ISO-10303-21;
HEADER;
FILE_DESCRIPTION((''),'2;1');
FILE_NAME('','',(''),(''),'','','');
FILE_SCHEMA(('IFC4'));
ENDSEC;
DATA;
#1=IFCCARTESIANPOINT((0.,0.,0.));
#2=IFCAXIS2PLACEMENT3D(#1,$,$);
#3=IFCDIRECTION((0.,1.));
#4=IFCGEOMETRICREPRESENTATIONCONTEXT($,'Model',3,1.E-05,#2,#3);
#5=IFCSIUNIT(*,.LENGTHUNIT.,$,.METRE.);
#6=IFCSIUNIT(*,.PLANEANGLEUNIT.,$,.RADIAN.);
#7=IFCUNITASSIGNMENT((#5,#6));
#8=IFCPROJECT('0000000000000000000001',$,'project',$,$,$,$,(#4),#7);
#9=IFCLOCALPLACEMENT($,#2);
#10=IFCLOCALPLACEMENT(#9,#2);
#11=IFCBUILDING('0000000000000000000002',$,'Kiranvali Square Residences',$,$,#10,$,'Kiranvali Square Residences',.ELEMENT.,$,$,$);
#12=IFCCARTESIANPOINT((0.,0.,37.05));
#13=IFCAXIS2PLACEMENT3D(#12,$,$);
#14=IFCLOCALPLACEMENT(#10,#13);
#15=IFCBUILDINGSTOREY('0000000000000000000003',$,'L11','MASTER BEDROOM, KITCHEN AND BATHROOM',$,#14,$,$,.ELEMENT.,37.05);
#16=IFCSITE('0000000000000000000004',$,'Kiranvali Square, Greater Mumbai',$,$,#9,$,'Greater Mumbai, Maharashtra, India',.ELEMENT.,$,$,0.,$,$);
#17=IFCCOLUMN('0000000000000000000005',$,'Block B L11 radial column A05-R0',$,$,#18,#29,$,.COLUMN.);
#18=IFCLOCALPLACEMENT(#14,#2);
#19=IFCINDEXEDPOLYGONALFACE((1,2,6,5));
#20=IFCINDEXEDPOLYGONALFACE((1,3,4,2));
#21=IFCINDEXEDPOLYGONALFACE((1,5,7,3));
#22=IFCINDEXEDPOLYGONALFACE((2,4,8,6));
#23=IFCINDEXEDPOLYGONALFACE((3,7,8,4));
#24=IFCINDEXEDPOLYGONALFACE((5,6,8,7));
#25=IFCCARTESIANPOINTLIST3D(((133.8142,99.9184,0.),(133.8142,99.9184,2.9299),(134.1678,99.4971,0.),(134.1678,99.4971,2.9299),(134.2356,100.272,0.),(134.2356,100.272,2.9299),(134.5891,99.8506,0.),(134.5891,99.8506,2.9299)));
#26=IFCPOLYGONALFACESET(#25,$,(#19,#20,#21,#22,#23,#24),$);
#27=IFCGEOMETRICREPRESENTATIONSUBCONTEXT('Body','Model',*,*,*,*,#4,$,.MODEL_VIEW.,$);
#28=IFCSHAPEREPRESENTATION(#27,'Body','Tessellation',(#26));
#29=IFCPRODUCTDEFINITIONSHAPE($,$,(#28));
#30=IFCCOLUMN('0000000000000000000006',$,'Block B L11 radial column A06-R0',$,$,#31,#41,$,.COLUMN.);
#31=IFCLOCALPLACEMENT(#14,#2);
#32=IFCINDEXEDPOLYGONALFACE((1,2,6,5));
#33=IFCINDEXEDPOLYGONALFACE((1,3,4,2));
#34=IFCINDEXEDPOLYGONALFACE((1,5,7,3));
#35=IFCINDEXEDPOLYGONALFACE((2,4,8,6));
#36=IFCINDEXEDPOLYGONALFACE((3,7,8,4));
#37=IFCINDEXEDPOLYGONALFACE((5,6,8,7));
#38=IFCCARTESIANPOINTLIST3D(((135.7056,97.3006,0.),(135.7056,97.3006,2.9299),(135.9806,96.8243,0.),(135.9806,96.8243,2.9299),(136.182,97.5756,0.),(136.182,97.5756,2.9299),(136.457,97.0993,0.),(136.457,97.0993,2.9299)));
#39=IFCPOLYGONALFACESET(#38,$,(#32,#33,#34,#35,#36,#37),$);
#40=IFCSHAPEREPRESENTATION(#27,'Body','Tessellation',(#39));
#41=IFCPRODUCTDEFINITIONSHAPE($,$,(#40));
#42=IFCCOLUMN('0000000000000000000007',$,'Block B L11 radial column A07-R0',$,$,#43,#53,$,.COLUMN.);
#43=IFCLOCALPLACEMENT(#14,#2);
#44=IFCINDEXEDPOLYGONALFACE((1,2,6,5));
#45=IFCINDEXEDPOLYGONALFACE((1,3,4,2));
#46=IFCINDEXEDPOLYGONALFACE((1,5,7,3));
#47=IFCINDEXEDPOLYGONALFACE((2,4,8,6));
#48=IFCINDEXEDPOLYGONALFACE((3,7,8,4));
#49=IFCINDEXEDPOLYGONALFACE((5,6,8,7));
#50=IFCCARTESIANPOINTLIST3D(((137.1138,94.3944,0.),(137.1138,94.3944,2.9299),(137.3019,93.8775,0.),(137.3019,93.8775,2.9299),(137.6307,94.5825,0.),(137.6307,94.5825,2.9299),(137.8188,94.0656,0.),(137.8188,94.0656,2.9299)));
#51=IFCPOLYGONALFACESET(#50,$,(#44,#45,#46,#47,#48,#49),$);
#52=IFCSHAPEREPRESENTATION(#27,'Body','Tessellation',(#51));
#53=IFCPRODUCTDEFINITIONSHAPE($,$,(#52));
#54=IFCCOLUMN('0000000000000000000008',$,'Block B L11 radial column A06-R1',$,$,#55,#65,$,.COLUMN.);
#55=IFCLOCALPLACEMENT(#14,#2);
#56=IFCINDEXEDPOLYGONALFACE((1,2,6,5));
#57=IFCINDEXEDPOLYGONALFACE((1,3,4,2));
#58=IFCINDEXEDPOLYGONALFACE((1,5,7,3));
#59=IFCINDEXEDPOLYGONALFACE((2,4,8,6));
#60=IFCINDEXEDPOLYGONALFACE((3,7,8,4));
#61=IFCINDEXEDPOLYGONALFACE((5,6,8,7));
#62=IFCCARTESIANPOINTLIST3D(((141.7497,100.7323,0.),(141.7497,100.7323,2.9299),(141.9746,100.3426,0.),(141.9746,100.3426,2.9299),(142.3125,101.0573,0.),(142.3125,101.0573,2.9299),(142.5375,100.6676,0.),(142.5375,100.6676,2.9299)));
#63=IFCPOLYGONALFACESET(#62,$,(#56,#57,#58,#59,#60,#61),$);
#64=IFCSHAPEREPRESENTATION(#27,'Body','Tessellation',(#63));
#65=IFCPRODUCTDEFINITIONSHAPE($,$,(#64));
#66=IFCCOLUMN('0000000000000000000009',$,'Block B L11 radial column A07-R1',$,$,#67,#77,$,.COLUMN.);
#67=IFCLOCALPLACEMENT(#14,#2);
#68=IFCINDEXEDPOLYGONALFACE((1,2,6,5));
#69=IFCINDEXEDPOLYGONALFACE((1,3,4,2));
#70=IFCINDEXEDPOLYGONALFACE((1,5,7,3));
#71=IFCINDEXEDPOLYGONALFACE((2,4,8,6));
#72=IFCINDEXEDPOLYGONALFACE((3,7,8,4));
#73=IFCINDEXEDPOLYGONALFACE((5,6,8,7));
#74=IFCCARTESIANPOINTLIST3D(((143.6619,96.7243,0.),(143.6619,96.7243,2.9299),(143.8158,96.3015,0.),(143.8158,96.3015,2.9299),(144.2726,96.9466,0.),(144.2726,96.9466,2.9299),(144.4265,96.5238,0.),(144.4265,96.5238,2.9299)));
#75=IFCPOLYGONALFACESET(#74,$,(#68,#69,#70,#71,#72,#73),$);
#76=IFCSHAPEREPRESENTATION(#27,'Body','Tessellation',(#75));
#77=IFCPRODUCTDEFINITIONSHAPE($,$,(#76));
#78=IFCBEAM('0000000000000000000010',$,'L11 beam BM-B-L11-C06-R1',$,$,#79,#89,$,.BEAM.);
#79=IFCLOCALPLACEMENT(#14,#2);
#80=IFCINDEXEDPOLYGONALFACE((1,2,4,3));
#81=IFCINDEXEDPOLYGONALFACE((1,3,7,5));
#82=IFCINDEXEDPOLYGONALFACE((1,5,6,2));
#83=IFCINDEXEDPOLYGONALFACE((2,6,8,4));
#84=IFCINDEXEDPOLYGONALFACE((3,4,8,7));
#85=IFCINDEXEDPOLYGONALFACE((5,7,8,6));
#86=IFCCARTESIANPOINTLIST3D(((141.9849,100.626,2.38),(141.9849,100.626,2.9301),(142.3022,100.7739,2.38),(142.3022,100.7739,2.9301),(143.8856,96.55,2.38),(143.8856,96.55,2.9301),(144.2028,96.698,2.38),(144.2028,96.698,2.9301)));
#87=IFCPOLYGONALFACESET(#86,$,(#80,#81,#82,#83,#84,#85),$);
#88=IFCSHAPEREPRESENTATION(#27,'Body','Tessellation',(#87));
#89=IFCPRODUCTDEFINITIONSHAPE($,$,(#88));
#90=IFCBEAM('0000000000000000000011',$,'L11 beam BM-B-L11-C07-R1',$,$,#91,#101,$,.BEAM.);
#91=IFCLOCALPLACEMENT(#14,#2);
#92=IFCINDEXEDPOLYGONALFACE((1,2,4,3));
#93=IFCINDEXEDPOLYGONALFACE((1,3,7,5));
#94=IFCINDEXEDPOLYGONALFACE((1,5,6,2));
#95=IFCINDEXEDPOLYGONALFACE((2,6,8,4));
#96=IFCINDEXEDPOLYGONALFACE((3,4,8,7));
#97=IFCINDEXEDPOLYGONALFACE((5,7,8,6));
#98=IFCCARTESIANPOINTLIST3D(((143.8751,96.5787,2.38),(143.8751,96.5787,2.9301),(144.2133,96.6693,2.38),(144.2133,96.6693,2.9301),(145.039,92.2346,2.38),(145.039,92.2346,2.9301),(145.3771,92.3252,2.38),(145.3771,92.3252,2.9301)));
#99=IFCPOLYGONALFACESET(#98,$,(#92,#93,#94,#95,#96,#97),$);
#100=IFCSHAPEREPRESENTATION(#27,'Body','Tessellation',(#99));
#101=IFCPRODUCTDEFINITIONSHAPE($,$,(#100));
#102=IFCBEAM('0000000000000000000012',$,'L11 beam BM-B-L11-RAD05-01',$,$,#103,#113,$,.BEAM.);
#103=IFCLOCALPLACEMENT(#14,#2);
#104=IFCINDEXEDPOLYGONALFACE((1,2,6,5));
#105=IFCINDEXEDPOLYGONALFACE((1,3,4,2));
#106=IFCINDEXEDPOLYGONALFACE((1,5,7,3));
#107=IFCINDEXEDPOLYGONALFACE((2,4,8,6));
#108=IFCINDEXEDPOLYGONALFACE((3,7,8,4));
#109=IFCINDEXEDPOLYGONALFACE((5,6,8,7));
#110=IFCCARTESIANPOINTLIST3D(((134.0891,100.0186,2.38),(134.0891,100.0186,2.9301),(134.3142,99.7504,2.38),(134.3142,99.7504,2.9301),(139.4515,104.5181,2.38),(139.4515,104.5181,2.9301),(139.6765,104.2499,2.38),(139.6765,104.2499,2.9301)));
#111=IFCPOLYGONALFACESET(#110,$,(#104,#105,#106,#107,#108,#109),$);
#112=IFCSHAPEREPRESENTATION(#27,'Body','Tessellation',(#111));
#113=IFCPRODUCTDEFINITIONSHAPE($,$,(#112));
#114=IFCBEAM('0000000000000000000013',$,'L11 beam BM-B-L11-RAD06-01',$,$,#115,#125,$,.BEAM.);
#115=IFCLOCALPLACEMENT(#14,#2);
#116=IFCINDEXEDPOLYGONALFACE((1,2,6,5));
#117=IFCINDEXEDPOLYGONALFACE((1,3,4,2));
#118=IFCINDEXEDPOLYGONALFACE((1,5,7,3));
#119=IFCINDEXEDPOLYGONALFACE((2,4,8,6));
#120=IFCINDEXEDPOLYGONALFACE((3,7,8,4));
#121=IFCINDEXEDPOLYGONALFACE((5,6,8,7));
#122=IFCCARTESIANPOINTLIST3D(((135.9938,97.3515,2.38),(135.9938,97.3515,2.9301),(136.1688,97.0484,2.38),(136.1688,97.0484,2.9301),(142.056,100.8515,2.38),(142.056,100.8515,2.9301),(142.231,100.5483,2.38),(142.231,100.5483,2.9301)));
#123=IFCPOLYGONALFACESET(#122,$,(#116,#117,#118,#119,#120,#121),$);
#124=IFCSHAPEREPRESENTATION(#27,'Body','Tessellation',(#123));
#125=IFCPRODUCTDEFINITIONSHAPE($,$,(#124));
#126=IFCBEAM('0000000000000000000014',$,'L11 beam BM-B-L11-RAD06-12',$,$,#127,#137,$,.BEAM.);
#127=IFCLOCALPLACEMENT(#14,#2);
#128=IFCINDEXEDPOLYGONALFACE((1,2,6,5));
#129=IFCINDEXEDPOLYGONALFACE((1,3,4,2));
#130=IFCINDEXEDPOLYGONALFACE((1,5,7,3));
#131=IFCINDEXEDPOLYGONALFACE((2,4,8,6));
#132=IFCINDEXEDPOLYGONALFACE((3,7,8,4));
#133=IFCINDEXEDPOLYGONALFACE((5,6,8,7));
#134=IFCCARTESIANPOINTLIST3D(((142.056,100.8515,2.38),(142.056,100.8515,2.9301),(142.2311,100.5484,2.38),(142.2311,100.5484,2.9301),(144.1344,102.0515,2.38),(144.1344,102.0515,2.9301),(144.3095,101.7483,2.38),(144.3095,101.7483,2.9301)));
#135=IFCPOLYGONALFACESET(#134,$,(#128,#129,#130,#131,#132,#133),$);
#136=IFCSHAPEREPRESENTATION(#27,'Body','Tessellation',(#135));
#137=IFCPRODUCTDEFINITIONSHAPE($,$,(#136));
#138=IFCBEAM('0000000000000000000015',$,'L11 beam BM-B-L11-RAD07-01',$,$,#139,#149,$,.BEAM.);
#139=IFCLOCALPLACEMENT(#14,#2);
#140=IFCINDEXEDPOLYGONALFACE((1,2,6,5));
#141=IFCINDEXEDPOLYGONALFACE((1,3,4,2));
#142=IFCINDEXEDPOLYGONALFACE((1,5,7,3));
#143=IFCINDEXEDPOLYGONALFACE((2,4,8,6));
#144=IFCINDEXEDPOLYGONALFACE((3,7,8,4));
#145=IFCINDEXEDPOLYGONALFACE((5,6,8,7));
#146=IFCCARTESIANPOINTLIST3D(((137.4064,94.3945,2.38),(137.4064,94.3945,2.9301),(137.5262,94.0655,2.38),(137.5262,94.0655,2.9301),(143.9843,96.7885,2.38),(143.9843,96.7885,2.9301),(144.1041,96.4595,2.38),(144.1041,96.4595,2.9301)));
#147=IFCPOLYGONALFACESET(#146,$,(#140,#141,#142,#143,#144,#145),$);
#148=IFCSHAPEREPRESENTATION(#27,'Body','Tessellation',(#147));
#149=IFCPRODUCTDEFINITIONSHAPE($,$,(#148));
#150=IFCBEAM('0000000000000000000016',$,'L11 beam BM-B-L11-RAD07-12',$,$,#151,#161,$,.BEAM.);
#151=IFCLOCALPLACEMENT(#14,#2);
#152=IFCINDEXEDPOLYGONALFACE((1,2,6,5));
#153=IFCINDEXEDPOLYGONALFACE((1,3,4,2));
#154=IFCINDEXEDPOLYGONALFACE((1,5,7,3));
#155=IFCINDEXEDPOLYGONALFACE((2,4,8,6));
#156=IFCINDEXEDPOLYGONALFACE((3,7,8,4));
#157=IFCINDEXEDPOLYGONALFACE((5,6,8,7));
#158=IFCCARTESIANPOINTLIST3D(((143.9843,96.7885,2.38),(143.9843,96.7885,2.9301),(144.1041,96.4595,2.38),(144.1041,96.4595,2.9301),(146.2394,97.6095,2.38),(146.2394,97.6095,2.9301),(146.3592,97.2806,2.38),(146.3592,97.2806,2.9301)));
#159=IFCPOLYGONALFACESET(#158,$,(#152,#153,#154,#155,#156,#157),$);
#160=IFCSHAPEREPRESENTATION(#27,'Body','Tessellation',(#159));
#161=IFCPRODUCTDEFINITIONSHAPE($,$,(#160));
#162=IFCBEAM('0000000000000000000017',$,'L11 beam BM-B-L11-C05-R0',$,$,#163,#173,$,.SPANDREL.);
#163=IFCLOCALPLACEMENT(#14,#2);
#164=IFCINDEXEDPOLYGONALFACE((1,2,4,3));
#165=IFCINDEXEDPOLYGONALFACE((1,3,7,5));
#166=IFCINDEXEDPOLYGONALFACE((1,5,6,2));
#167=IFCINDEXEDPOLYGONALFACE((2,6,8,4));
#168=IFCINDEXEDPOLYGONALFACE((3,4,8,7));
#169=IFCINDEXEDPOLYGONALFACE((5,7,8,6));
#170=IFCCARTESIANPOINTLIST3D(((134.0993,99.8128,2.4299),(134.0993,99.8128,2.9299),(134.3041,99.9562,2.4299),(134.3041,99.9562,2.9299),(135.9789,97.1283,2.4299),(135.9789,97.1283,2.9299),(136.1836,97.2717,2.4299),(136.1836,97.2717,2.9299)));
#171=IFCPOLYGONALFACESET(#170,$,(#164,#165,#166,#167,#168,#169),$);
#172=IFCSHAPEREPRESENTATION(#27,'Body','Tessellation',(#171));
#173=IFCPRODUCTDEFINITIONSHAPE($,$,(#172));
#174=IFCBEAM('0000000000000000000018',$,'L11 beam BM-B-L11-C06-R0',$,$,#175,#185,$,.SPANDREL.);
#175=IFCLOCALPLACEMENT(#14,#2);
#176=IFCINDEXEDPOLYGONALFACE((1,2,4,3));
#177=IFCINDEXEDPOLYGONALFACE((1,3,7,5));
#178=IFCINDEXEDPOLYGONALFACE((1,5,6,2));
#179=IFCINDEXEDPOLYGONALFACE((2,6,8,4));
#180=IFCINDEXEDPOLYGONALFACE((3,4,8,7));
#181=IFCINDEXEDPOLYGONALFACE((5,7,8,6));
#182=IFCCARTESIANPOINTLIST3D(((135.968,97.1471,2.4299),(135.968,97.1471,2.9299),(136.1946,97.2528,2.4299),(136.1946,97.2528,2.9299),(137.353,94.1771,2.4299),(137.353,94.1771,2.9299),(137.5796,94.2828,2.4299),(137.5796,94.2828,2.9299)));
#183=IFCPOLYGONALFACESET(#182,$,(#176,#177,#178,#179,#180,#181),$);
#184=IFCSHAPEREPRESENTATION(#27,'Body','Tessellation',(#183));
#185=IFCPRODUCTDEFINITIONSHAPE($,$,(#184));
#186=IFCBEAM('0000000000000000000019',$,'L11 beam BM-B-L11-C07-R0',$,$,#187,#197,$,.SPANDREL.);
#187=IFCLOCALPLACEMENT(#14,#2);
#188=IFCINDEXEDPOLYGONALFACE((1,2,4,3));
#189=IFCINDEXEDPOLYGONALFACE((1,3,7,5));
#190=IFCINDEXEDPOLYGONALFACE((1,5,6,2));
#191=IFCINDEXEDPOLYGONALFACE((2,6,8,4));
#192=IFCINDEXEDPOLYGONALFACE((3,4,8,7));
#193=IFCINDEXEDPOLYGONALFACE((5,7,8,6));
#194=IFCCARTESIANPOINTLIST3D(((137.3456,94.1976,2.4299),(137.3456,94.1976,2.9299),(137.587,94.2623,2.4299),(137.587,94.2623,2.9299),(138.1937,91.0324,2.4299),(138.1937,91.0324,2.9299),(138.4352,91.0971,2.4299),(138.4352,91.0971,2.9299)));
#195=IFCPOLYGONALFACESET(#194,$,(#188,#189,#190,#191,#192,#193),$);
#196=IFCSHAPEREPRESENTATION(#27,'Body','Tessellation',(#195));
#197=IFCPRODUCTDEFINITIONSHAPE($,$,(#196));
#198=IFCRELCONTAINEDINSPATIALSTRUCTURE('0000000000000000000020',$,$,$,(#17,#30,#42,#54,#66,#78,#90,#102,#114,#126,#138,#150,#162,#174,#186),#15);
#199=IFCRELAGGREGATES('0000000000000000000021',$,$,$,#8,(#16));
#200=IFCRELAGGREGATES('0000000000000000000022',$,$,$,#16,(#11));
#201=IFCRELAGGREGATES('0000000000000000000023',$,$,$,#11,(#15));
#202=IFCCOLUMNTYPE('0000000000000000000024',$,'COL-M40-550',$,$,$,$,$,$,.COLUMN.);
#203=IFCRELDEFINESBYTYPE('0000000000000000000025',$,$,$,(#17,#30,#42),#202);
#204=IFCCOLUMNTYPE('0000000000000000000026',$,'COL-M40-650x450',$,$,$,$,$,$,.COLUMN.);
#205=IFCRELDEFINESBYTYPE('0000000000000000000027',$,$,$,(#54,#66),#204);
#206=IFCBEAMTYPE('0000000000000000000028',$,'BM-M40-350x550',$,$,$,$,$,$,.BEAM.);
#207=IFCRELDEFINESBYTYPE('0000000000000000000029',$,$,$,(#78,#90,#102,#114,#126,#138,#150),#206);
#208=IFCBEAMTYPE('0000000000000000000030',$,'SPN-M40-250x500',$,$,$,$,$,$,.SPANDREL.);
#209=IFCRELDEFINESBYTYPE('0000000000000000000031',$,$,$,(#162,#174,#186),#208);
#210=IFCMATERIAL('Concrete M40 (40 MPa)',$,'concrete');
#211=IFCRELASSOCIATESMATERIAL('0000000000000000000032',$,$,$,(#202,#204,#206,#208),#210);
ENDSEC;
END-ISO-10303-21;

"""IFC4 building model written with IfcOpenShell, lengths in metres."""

from ifc_helpers import new_model, si_unit, direction, frame, origin, origin_2d, place, context, subcontext, project, spatial, rectangle, extrude, material, material_profile, profile_set, type_object, element, save


model = new_model("IFC4")

# Units and contexts
model_context = context("Model", 3, precision=1e-05, world=origin(), true_north=direction((0.0, 1.0)))
body_context = subcontext(model_context, "Body", "Model", "MODEL_VIEW")
ifc_project = project(units=[si_unit("LENGTHUNIT", "METRE"), si_unit("PLANEANGLEUNIT", "RADIAN")], contexts=[model_context])

# Site, building, storey
site_placement = place(None, origin())
site = spatial("IfcSite", under=ifc_project, at=site_placement, Name="Kiranvali Square, Greater Mumbai", LongName="Greater Mumbai, Maharashtra, India", CompositionType="ELEMENT", RefElevation=0.0)
building_placement = place(site_placement, origin())
building = spatial("IfcBuilding", under=site, at=building_placement, Name="Kiranvali Square Residences", LongName="Kiranvali Square Residences", CompositionType="ELEMENT")
storey_placement = place(building_placement, frame((0.0, 0.0, 37.05)))
storey = spatial("IfcBuildingStorey", under=building, at=storey_placement, Name="L11", Description="MASTER BEDROOM, KITCHEN AND BATHROOM", CompositionType="ELEMENT", Elevation=37.05)

# Columns
ifc_material_1 = material(Name="Concrete M40 (40 MPa)", Category="concrete")
ifc_material_profile_1 = material_profile(ifc_material_1, rectangle(XDim=0.55, YDim=0.55, at=origin_2d()), Name="RC 550x550")
ifc_profile_set_1 = profile_set([ifc_material_profile_1], Name="Concrete M40 (40 MPa)")
column_type_1 = type_object("IfcColumnType", Name="COL-M40-550", PredefinedType="COLUMN", material=ifc_profile_set_1)
for number, where, z_axis, x_axis, name in (
    (1, (134.2017, 99.8845, 0.0), (0.0, 0.0, 1.0), (-0.642788, 0.766044, 0.0), "Block B L11 radial column A05-R0"),
    (2, (136.0813, 97.2, 0.0), (0.0, 0.0, 1.0), (-0.5, 0.866025, 0.0), "Block B L11 radial column A06-R0"),
    (3, (137.4663, 94.23, 0.0), (0.0, 0.0, 1.0), (-0.34202, 0.939693, 0.0), "Block B L11 radial column A07-R0"),
):
    element("IfcColumn", number, at=place(storey_placement, frame(where, z_axis=z_axis, x_axis=x_axis)), inside=storey, type_object=column_type_1, Name=name, PredefinedType="COLUMN", context=body_context, shape_type="SweptSolid", body=[
        extrude(rectangle(XDim=0.55, YDim=0.55, at=origin_2d()), origin(), (0.0, 0.0, 1.0), 2.9299),
    ])
ifc_material_profile_2 = material_profile(ifc_material_1, rectangle(XDim=0.45, YDim=0.6499, at=origin_2d()), Name="RC 650x450")
ifc_profile_set_2 = profile_set([ifc_material_profile_2], Name="Concrete M40 (40 MPa)")
column_type_2 = type_object("IfcColumnType", Name="COL-M40-650x450", PredefinedType="COLUMN", material=ifc_profile_set_2)
for number, where, z_axis, x_axis, name in (
    (4, (142.1436, 100.7, 0.0), (0.0, 0.0, 1.0), (-0.5, 0.866025, 0.0), "Block B L11 radial column A06-R1"),
    (5, (144.0442, 96.624, 0.0), (0.0, 0.0, 1.0), (-0.34202, 0.939693, 0.0), "Block B L11 radial column A07-R1"),
):
    element("IfcColumn", number, at=place(storey_placement, frame(where, z_axis=z_axis, x_axis=x_axis)), inside=storey, type_object=column_type_2, Name=name, PredefinedType="COLUMN", context=body_context, shape_type="SweptSolid", body=[
        extrude(rectangle(XDim=0.45, YDim=0.6499, at=origin_2d()), origin(), (0.0, 0.0, 1.0), 2.9299),
    ])

# Beams
ifc_material_profile_3 = material_profile(ifc_material_1, rectangle(XDim=0.3501, YDim=0.55, at=origin_2d()), Name="RC 350x550")
ifc_profile_set_3 = profile_set([ifc_material_profile_3], Name="Concrete M40 (40 MPa)")
beam_type_1 = type_object("IfcBeamType", Name="BM-M40-350x550", PredefinedType="BEAM", material=ifc_profile_set_3)
for number, where, z_axis, x_axis, name in (
    (6, (142.1436, 100.7, 2.655), (0.422618, -0.906308, 0.0), (0.906308, 0.422618, 0.0), "L11 beam BM-B-L11-C06-R1"),
    (7, (144.0442, 96.624, 2.655), (0.258788, -0.965934, 0.0), (0.965934, 0.258788, 0.0), "L11 beam BM-B-L11-C07-R1"),
):
    element("IfcBeam", number, at=place(storey_placement, frame(where, z_axis=z_axis, x_axis=x_axis)), inside=storey, type_object=beam_type_1, Name=name, PredefinedType="BEAM", context=body_context, shape_type="SweptSolid", body=[
        extrude(rectangle(XDim=0.3501, YDim=0.55, at=origin_2d()), origin(), (0.0, 0.0, 1.0), 4.4973),
    ])
for number, where, z_axis, x_axis, name in (
    (8, (134.2017, 99.8845, 2.655), (0.766044, 0.642788, 0.0), (-0.642788, 0.766044, 0.0), "L11 beam BM-B-L11-RAD05-01"),
    (9, (136.0813, 97.2, 2.655), (0.866028, 0.499995, 0.0), (-0.499995, 0.866028, 0.0), "L11 beam BM-B-L11-RAD06-01"),
):
    element("IfcBeam", number, at=place(storey_placement, frame(where, z_axis=z_axis, x_axis=x_axis)), inside=storey, type_object=beam_type_1, Name=name, PredefinedType="BEAM", context=body_context, shape_type="SweptSolid", body=[
        extrude(rectangle(XDim=0.3501, YDim=0.55, at=origin_2d()), origin(), (0.0, 0.0, 1.0), 7.0),
    ])
beam_1_placement = place(storey_placement, frame((142.1436, 100.7, 2.655), z_axis=(0.866025, 0.500001, 0.0), x_axis=(-0.500001, 0.866025, 0.0)))
element("IfcBeam", 10, at=beam_1_placement, inside=storey, type_object=beam_type_1, Name="L11 beam BM-B-L11-RAD06-12", PredefinedType="BEAM", context=body_context, shape_type="SweptSolid", body=[
    extrude(rectangle(XDim=0.3501, YDim=0.55, at=origin_2d()), origin(), (0.0, 0.0, 1.0), 2.3999),
])
beam_2_placement = place(storey_placement, frame((137.4663, 94.23, 2.655), z_axis=(0.939698, 0.342006, 0.0), x_axis=(-0.342006, 0.939698, 0.0)))
element("IfcBeam", 11, at=beam_2_placement, inside=storey, type_object=beam_type_1, Name="L11 beam BM-B-L11-RAD07-01", PredefinedType="BEAM", context=body_context, shape_type="SweptSolid", body=[
    extrude(rectangle(XDim=0.3501, YDim=0.55, at=origin_2d()), origin(), (0.0, 0.0, 1.0), 7.0),
])
beam_3_placement = place(storey_placement, frame((144.0442, 96.624, 2.655), z_axis=(0.93966, 0.342111, 0.0), x_axis=(-0.342111, 0.93966, 0.0)))
element("IfcBeam", 12, at=beam_3_placement, inside=storey, type_object=beam_type_1, Name="L11 beam BM-B-L11-RAD07-12", PredefinedType="BEAM", context=body_context, shape_type="SweptSolid", body=[
    extrude(rectangle(XDim=0.3501, YDim=0.55, at=origin_2d()), origin(), (0.0, 0.0, 1.0), 2.3999),
])
ifc_material_profile_4 = material_profile(ifc_material_1, rectangle(XDim=0.25, YDim=0.5, at=origin_2d()), Name="RC 250x500")
ifc_profile_set_4 = profile_set([ifc_material_profile_4], Name="Concrete M40 (40 MPa)")
beam_type_2 = type_object("IfcBeamType", Name="SPN-M40-250x500", PredefinedType="SPANDREL", material=ifc_profile_set_4)
for number, where, z_axis, x_axis, name in (
    (13, (134.2017, 99.8845, 2.6799), (0.573552, -0.819169, 0.0), (0.819169, 0.573552, 0.0), "L11 beam BM-B-L11-C05-R0"),
    (14, (136.0813, 97.2, 2.6799), (0.422641, -0.906297, 0.0), (0.906297, 0.422641, 0.0), "L11 beam BM-B-L11-C06-R0"),
):
    element("IfcBeam", number, at=place(storey_placement, frame(where, z_axis=z_axis, x_axis=x_axis)), inside=storey, type_object=beam_type_2, Name=name, PredefinedType="SPANDREL", context=body_context, shape_type="SweptSolid", body=[
        extrude(rectangle(XDim=0.25, YDim=0.5, at=origin_2d()), origin(), (0.0, 0.0, 1.0), 3.2771),
    ])
beam_4_placement = place(storey_placement, frame((137.4663, 94.23, 2.6799), z_axis=(0.258822, -0.965925, 0.0), x_axis=(0.965925, 0.258822, 0.0)))
element("IfcBeam", 15, at=beam_4_placement, inside=storey, type_object=beam_type_2, Name="L11 beam BM-B-L11-C07-R0", PredefinedType="SPANDREL", context=body_context, shape_type="SweptSolid", body=[
    extrude(rectangle(XDim=0.25, YDim=0.5, at=origin_2d()), origin(), (0.0, 0.0, 1.0), 3.2769),
])

save(model, "model.ifc")
